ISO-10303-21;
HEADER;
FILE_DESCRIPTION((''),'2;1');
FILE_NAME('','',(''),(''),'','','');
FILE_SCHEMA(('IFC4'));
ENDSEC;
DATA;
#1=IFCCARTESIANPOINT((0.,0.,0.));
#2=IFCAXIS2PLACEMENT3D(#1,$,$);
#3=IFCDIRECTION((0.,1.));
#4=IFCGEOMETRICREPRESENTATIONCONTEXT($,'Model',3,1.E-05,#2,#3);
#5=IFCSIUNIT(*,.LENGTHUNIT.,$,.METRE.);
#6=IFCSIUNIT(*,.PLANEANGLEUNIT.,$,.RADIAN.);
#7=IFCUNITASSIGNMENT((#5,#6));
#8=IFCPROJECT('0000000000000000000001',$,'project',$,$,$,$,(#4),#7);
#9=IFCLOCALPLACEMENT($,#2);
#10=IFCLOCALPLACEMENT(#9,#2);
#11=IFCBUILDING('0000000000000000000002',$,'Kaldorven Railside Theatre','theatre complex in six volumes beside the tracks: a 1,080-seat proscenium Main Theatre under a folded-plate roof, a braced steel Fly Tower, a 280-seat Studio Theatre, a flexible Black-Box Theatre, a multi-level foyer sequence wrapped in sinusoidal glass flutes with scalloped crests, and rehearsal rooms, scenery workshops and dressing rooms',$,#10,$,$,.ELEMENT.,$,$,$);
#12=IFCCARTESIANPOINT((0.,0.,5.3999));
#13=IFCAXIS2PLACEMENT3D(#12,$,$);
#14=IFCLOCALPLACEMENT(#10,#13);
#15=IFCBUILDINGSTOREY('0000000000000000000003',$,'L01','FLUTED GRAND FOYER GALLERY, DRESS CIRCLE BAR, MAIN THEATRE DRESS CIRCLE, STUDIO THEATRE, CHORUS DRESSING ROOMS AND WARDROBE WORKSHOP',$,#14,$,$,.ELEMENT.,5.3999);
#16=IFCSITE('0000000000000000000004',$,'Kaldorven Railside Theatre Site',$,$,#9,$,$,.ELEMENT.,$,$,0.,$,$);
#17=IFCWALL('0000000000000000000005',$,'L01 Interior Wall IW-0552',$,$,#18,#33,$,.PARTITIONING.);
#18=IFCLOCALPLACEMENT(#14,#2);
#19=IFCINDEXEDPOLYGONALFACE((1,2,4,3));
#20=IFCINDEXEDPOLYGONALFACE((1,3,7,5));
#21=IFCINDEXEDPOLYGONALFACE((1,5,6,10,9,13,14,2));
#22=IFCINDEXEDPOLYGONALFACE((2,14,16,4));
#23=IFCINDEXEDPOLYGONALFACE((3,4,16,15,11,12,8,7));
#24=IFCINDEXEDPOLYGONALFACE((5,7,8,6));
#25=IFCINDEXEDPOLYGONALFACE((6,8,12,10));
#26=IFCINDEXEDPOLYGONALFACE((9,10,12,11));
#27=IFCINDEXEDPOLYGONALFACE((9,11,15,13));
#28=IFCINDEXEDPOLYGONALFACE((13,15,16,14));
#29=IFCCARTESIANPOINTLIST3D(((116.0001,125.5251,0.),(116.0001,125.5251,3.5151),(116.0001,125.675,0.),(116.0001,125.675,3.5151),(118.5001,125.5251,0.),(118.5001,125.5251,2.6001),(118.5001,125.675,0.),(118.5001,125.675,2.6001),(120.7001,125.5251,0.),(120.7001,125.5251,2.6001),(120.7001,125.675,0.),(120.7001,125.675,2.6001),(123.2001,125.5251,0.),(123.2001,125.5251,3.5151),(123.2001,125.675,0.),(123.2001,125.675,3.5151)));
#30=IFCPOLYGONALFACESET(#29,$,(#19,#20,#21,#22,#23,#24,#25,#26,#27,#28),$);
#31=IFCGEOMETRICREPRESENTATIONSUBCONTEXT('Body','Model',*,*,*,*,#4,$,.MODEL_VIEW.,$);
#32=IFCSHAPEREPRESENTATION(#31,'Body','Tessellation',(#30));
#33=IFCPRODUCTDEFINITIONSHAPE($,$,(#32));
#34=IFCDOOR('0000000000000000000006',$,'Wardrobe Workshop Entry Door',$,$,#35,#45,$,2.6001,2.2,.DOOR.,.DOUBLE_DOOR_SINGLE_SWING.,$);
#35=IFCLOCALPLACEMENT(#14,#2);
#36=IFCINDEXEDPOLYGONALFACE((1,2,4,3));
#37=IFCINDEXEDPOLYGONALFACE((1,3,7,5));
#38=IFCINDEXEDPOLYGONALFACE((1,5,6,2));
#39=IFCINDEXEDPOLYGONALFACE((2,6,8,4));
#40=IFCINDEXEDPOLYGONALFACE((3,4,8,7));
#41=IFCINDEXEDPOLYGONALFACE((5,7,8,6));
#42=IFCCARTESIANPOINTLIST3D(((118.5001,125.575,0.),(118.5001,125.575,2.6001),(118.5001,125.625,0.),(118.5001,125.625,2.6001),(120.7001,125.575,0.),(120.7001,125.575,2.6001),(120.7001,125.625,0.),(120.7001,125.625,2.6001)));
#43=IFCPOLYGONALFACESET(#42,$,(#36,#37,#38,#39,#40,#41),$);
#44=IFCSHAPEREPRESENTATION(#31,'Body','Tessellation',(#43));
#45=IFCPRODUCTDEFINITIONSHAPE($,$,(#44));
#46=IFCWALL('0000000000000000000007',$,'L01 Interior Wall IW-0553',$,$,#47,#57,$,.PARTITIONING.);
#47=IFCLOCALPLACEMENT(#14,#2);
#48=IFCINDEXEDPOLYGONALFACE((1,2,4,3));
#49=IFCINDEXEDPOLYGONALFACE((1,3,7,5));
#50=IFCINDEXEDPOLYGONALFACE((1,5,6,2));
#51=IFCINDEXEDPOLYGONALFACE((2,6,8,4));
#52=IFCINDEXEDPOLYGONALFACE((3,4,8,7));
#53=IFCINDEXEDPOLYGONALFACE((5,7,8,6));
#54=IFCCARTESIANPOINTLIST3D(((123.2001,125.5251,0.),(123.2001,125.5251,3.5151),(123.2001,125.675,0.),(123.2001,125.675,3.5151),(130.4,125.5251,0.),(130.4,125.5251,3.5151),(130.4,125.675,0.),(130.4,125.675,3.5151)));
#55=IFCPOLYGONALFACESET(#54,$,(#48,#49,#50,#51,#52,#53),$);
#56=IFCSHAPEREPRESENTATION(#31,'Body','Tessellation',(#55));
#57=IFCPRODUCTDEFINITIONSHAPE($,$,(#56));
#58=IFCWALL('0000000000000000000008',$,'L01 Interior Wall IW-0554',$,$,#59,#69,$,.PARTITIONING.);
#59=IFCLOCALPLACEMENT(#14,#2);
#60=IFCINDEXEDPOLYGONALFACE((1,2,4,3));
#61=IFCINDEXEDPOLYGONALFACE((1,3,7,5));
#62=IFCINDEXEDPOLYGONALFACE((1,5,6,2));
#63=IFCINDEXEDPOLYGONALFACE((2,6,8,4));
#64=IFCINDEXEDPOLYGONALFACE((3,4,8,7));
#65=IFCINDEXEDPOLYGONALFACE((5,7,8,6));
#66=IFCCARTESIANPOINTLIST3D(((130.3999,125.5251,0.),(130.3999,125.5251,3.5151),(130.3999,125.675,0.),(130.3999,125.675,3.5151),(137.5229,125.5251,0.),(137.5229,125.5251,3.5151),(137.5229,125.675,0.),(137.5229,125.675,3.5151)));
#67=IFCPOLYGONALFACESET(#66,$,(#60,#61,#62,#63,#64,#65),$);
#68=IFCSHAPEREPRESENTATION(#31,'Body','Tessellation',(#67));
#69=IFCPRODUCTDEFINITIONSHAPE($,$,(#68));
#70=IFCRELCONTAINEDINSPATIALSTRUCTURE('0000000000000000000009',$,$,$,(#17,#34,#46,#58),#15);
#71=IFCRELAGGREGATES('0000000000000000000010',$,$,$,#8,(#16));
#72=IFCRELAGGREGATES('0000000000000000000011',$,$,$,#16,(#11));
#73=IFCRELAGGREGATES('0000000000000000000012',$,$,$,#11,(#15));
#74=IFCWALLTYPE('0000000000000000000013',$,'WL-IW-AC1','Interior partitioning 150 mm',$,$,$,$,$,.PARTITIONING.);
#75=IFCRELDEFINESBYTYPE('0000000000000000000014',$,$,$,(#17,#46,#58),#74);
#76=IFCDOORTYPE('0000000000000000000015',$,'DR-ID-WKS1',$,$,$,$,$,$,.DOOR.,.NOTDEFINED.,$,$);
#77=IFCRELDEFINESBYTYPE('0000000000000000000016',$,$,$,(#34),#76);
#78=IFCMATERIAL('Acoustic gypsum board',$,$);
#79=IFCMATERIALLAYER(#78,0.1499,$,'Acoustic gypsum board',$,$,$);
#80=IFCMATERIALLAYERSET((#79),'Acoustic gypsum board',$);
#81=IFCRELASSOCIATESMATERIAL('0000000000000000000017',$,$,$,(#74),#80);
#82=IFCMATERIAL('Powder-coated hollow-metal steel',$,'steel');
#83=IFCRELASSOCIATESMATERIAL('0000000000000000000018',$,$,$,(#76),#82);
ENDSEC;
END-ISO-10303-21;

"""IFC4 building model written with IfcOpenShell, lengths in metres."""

from ifc_helpers import new_model, si_unit, direction, frame, frame_2d, origin, place, context, subcontext, project, spatial, rectangle, extrude, material, layer, layer_set, type_object, element, fill, save


model = new_model("IFC4")

# Units and contexts
model_context = context("Model", 3, precision=1e-05, world=origin(), true_north=direction((0.0, 1.0)))
body_context = subcontext(model_context, "Body", "Model", "MODEL_VIEW")
ifc_project = project(units=[si_unit("LENGTHUNIT", "METRE"), si_unit("PLANEANGLEUNIT", "RADIAN")], contexts=[model_context])

# Site, building, storey
site_placement = place(None, origin())
site = spatial("IfcSite", under=ifc_project, at=site_placement, Name="Kaldorven Railside Theatre Site", CompositionType="ELEMENT", RefElevation=0.0)
building_placement = place(site_placement, origin())
building = spatial("IfcBuilding", under=site, at=building_placement, Name="Kaldorven Railside Theatre", Description="theatre complex in six volumes beside the tracks: a 1,080-seat proscenium Main Theatre under a folded-plate roof, a braced steel Fly Tower, a 280-seat Studio Theatre, a flexible Black-Box Theatre, a multi-level foyer sequence wrapped in sinusoidal glass flutes with scalloped crests, and rehearsal rooms, scenery workshops and dressing rooms", CompositionType="ELEMENT")
storey_placement = place(building_placement, frame((0.0, 0.0, 5.3999)))
storey = spatial("IfcBuildingStorey", under=building, at=storey_placement, Name="L01", Description="FLUTED GRAND FOYER GALLERY, DRESS CIRCLE BAR, MAIN THEATRE DRESS CIRCLE, STUDIO THEATRE, CHORUS DRESSING ROOMS AND WARDROBE WORKSHOP", CompositionType="ELEMENT", Elevation=5.3999)

# Shared definitions
ifc_material_1 = material(Name="Acoustic gypsum board")
ifc_layer_1 = layer(ifc_material_1, 0.1499, Name="Acoustic gypsum board")
ifc_layer_set_1 = layer_set([ifc_layer_1], Name="Acoustic gypsum board")
wall_type_1 = type_object("IfcWallType", Name="WL-IW-AC1", Description="Interior partitioning 150 mm", PredefinedType="PARTITIONING", material=ifc_layer_set_1)

# Wall, opening, door
wall_1_placement = place(storey_placement, frame((116.0, 125.6001, 0.0), z_axis=(0.0, 0.0, 1.0), x_axis=(1.0, 0.0, 0.0)))
wall_1 = element("IfcWall", 1, at=wall_1_placement, inside=storey, type_object=wall_type_1, Name="L01 Interior Wall IW-0552", PredefinedType="PARTITIONING", context=body_context, shape_type="SweptSolid", body=[
    extrude(rectangle(XDim=7.2, YDim=0.1499, at=frame_2d((3.6001, 0.0))), origin(), (0.0, 0.0, 1.0), 3.5151),
])
opening_1_placement = place(wall_1_placement, frame((2.5, 0.0, 0.0)))
opening_1 = element("IfcOpeningElement", 2, at=opening_1_placement, cuts=wall_1, PredefinedType="OPENING", context=body_context, shape_type="SweptSolid", body=[
    extrude(rectangle(XDim=2.2, YDim=2.6001, at=frame_2d((1.1001, 1.3))), frame((0.0, 0.085, 0.0), z_axis=(0.0, -1.0, 0.0), x_axis=(1.0, 0.0, 0.0)), (0.0, 0.0, 1.0), 0.1699),
])
ifc_material_2 = material(Name="Powder-coated hollow-metal steel", Category="steel")
door_type = type_object("IfcDoorType", Name="DR-ID-WKS1", OperationType="NOTDEFINED", PredefinedType="DOOR", material=ifc_material_2)
door_placement = place(opening_1_placement, origin())
door = element("IfcDoor", 3, at=door_placement, inside=storey, type_object=door_type, Name="Wardrobe Workshop Entry Door", OperationType="DOUBLE_DOOR_SINGLE_SWING", OverallHeight=2.6001, OverallWidth=2.2, PredefinedType="DOOR", context=body_context, shape_type="SweptSolid", body=[
    extrude(rectangle(XDim=2.2, YDim=2.6001, at=frame_2d((1.1001, 1.3))), frame((0.0, 0.0249, 0.0), z_axis=(0.0, -1.0, 0.0), x_axis=(1.0, 0.0, 0.0)), (0.0, 0.0, 1.0), 0.05),
])
fill(opening_1, door)

# Walls
wall_2_placement = place(storey_placement, frame((123.2, 125.6001, 0.0), z_axis=(0.0, 0.0, 1.0), x_axis=(1.0, 0.0, 0.0)))
element("IfcWall", 4, at=wall_2_placement, inside=storey, type_object=wall_type_1, Name="L01 Interior Wall IW-0553", PredefinedType="PARTITIONING", context=body_context, shape_type="SweptSolid", body=[
    extrude(rectangle(XDim=7.2, YDim=0.1499, at=frame_2d((3.6001, 0.0))), origin(), (0.0, 0.0, 1.0), 3.5151),
])
wall_3_placement = place(storey_placement, frame((130.3999, 125.6001, 0.0), z_axis=(0.0, 0.0, 1.0), x_axis=(1.0, 0.0, 0.0)))
element("IfcWall", 5, at=wall_3_placement, inside=storey, type_object=wall_type_1, Name="L01 Interior Wall IW-0554", PredefinedType="PARTITIONING", context=body_context, shape_type="SweptSolid", body=[
    extrude(rectangle(XDim=7.123, YDim=0.1499, at=frame_2d((3.5615, 0.0))), origin(), (0.0, 0.0, 1.0), 3.5151),
])

save(model, "model.ifc")
